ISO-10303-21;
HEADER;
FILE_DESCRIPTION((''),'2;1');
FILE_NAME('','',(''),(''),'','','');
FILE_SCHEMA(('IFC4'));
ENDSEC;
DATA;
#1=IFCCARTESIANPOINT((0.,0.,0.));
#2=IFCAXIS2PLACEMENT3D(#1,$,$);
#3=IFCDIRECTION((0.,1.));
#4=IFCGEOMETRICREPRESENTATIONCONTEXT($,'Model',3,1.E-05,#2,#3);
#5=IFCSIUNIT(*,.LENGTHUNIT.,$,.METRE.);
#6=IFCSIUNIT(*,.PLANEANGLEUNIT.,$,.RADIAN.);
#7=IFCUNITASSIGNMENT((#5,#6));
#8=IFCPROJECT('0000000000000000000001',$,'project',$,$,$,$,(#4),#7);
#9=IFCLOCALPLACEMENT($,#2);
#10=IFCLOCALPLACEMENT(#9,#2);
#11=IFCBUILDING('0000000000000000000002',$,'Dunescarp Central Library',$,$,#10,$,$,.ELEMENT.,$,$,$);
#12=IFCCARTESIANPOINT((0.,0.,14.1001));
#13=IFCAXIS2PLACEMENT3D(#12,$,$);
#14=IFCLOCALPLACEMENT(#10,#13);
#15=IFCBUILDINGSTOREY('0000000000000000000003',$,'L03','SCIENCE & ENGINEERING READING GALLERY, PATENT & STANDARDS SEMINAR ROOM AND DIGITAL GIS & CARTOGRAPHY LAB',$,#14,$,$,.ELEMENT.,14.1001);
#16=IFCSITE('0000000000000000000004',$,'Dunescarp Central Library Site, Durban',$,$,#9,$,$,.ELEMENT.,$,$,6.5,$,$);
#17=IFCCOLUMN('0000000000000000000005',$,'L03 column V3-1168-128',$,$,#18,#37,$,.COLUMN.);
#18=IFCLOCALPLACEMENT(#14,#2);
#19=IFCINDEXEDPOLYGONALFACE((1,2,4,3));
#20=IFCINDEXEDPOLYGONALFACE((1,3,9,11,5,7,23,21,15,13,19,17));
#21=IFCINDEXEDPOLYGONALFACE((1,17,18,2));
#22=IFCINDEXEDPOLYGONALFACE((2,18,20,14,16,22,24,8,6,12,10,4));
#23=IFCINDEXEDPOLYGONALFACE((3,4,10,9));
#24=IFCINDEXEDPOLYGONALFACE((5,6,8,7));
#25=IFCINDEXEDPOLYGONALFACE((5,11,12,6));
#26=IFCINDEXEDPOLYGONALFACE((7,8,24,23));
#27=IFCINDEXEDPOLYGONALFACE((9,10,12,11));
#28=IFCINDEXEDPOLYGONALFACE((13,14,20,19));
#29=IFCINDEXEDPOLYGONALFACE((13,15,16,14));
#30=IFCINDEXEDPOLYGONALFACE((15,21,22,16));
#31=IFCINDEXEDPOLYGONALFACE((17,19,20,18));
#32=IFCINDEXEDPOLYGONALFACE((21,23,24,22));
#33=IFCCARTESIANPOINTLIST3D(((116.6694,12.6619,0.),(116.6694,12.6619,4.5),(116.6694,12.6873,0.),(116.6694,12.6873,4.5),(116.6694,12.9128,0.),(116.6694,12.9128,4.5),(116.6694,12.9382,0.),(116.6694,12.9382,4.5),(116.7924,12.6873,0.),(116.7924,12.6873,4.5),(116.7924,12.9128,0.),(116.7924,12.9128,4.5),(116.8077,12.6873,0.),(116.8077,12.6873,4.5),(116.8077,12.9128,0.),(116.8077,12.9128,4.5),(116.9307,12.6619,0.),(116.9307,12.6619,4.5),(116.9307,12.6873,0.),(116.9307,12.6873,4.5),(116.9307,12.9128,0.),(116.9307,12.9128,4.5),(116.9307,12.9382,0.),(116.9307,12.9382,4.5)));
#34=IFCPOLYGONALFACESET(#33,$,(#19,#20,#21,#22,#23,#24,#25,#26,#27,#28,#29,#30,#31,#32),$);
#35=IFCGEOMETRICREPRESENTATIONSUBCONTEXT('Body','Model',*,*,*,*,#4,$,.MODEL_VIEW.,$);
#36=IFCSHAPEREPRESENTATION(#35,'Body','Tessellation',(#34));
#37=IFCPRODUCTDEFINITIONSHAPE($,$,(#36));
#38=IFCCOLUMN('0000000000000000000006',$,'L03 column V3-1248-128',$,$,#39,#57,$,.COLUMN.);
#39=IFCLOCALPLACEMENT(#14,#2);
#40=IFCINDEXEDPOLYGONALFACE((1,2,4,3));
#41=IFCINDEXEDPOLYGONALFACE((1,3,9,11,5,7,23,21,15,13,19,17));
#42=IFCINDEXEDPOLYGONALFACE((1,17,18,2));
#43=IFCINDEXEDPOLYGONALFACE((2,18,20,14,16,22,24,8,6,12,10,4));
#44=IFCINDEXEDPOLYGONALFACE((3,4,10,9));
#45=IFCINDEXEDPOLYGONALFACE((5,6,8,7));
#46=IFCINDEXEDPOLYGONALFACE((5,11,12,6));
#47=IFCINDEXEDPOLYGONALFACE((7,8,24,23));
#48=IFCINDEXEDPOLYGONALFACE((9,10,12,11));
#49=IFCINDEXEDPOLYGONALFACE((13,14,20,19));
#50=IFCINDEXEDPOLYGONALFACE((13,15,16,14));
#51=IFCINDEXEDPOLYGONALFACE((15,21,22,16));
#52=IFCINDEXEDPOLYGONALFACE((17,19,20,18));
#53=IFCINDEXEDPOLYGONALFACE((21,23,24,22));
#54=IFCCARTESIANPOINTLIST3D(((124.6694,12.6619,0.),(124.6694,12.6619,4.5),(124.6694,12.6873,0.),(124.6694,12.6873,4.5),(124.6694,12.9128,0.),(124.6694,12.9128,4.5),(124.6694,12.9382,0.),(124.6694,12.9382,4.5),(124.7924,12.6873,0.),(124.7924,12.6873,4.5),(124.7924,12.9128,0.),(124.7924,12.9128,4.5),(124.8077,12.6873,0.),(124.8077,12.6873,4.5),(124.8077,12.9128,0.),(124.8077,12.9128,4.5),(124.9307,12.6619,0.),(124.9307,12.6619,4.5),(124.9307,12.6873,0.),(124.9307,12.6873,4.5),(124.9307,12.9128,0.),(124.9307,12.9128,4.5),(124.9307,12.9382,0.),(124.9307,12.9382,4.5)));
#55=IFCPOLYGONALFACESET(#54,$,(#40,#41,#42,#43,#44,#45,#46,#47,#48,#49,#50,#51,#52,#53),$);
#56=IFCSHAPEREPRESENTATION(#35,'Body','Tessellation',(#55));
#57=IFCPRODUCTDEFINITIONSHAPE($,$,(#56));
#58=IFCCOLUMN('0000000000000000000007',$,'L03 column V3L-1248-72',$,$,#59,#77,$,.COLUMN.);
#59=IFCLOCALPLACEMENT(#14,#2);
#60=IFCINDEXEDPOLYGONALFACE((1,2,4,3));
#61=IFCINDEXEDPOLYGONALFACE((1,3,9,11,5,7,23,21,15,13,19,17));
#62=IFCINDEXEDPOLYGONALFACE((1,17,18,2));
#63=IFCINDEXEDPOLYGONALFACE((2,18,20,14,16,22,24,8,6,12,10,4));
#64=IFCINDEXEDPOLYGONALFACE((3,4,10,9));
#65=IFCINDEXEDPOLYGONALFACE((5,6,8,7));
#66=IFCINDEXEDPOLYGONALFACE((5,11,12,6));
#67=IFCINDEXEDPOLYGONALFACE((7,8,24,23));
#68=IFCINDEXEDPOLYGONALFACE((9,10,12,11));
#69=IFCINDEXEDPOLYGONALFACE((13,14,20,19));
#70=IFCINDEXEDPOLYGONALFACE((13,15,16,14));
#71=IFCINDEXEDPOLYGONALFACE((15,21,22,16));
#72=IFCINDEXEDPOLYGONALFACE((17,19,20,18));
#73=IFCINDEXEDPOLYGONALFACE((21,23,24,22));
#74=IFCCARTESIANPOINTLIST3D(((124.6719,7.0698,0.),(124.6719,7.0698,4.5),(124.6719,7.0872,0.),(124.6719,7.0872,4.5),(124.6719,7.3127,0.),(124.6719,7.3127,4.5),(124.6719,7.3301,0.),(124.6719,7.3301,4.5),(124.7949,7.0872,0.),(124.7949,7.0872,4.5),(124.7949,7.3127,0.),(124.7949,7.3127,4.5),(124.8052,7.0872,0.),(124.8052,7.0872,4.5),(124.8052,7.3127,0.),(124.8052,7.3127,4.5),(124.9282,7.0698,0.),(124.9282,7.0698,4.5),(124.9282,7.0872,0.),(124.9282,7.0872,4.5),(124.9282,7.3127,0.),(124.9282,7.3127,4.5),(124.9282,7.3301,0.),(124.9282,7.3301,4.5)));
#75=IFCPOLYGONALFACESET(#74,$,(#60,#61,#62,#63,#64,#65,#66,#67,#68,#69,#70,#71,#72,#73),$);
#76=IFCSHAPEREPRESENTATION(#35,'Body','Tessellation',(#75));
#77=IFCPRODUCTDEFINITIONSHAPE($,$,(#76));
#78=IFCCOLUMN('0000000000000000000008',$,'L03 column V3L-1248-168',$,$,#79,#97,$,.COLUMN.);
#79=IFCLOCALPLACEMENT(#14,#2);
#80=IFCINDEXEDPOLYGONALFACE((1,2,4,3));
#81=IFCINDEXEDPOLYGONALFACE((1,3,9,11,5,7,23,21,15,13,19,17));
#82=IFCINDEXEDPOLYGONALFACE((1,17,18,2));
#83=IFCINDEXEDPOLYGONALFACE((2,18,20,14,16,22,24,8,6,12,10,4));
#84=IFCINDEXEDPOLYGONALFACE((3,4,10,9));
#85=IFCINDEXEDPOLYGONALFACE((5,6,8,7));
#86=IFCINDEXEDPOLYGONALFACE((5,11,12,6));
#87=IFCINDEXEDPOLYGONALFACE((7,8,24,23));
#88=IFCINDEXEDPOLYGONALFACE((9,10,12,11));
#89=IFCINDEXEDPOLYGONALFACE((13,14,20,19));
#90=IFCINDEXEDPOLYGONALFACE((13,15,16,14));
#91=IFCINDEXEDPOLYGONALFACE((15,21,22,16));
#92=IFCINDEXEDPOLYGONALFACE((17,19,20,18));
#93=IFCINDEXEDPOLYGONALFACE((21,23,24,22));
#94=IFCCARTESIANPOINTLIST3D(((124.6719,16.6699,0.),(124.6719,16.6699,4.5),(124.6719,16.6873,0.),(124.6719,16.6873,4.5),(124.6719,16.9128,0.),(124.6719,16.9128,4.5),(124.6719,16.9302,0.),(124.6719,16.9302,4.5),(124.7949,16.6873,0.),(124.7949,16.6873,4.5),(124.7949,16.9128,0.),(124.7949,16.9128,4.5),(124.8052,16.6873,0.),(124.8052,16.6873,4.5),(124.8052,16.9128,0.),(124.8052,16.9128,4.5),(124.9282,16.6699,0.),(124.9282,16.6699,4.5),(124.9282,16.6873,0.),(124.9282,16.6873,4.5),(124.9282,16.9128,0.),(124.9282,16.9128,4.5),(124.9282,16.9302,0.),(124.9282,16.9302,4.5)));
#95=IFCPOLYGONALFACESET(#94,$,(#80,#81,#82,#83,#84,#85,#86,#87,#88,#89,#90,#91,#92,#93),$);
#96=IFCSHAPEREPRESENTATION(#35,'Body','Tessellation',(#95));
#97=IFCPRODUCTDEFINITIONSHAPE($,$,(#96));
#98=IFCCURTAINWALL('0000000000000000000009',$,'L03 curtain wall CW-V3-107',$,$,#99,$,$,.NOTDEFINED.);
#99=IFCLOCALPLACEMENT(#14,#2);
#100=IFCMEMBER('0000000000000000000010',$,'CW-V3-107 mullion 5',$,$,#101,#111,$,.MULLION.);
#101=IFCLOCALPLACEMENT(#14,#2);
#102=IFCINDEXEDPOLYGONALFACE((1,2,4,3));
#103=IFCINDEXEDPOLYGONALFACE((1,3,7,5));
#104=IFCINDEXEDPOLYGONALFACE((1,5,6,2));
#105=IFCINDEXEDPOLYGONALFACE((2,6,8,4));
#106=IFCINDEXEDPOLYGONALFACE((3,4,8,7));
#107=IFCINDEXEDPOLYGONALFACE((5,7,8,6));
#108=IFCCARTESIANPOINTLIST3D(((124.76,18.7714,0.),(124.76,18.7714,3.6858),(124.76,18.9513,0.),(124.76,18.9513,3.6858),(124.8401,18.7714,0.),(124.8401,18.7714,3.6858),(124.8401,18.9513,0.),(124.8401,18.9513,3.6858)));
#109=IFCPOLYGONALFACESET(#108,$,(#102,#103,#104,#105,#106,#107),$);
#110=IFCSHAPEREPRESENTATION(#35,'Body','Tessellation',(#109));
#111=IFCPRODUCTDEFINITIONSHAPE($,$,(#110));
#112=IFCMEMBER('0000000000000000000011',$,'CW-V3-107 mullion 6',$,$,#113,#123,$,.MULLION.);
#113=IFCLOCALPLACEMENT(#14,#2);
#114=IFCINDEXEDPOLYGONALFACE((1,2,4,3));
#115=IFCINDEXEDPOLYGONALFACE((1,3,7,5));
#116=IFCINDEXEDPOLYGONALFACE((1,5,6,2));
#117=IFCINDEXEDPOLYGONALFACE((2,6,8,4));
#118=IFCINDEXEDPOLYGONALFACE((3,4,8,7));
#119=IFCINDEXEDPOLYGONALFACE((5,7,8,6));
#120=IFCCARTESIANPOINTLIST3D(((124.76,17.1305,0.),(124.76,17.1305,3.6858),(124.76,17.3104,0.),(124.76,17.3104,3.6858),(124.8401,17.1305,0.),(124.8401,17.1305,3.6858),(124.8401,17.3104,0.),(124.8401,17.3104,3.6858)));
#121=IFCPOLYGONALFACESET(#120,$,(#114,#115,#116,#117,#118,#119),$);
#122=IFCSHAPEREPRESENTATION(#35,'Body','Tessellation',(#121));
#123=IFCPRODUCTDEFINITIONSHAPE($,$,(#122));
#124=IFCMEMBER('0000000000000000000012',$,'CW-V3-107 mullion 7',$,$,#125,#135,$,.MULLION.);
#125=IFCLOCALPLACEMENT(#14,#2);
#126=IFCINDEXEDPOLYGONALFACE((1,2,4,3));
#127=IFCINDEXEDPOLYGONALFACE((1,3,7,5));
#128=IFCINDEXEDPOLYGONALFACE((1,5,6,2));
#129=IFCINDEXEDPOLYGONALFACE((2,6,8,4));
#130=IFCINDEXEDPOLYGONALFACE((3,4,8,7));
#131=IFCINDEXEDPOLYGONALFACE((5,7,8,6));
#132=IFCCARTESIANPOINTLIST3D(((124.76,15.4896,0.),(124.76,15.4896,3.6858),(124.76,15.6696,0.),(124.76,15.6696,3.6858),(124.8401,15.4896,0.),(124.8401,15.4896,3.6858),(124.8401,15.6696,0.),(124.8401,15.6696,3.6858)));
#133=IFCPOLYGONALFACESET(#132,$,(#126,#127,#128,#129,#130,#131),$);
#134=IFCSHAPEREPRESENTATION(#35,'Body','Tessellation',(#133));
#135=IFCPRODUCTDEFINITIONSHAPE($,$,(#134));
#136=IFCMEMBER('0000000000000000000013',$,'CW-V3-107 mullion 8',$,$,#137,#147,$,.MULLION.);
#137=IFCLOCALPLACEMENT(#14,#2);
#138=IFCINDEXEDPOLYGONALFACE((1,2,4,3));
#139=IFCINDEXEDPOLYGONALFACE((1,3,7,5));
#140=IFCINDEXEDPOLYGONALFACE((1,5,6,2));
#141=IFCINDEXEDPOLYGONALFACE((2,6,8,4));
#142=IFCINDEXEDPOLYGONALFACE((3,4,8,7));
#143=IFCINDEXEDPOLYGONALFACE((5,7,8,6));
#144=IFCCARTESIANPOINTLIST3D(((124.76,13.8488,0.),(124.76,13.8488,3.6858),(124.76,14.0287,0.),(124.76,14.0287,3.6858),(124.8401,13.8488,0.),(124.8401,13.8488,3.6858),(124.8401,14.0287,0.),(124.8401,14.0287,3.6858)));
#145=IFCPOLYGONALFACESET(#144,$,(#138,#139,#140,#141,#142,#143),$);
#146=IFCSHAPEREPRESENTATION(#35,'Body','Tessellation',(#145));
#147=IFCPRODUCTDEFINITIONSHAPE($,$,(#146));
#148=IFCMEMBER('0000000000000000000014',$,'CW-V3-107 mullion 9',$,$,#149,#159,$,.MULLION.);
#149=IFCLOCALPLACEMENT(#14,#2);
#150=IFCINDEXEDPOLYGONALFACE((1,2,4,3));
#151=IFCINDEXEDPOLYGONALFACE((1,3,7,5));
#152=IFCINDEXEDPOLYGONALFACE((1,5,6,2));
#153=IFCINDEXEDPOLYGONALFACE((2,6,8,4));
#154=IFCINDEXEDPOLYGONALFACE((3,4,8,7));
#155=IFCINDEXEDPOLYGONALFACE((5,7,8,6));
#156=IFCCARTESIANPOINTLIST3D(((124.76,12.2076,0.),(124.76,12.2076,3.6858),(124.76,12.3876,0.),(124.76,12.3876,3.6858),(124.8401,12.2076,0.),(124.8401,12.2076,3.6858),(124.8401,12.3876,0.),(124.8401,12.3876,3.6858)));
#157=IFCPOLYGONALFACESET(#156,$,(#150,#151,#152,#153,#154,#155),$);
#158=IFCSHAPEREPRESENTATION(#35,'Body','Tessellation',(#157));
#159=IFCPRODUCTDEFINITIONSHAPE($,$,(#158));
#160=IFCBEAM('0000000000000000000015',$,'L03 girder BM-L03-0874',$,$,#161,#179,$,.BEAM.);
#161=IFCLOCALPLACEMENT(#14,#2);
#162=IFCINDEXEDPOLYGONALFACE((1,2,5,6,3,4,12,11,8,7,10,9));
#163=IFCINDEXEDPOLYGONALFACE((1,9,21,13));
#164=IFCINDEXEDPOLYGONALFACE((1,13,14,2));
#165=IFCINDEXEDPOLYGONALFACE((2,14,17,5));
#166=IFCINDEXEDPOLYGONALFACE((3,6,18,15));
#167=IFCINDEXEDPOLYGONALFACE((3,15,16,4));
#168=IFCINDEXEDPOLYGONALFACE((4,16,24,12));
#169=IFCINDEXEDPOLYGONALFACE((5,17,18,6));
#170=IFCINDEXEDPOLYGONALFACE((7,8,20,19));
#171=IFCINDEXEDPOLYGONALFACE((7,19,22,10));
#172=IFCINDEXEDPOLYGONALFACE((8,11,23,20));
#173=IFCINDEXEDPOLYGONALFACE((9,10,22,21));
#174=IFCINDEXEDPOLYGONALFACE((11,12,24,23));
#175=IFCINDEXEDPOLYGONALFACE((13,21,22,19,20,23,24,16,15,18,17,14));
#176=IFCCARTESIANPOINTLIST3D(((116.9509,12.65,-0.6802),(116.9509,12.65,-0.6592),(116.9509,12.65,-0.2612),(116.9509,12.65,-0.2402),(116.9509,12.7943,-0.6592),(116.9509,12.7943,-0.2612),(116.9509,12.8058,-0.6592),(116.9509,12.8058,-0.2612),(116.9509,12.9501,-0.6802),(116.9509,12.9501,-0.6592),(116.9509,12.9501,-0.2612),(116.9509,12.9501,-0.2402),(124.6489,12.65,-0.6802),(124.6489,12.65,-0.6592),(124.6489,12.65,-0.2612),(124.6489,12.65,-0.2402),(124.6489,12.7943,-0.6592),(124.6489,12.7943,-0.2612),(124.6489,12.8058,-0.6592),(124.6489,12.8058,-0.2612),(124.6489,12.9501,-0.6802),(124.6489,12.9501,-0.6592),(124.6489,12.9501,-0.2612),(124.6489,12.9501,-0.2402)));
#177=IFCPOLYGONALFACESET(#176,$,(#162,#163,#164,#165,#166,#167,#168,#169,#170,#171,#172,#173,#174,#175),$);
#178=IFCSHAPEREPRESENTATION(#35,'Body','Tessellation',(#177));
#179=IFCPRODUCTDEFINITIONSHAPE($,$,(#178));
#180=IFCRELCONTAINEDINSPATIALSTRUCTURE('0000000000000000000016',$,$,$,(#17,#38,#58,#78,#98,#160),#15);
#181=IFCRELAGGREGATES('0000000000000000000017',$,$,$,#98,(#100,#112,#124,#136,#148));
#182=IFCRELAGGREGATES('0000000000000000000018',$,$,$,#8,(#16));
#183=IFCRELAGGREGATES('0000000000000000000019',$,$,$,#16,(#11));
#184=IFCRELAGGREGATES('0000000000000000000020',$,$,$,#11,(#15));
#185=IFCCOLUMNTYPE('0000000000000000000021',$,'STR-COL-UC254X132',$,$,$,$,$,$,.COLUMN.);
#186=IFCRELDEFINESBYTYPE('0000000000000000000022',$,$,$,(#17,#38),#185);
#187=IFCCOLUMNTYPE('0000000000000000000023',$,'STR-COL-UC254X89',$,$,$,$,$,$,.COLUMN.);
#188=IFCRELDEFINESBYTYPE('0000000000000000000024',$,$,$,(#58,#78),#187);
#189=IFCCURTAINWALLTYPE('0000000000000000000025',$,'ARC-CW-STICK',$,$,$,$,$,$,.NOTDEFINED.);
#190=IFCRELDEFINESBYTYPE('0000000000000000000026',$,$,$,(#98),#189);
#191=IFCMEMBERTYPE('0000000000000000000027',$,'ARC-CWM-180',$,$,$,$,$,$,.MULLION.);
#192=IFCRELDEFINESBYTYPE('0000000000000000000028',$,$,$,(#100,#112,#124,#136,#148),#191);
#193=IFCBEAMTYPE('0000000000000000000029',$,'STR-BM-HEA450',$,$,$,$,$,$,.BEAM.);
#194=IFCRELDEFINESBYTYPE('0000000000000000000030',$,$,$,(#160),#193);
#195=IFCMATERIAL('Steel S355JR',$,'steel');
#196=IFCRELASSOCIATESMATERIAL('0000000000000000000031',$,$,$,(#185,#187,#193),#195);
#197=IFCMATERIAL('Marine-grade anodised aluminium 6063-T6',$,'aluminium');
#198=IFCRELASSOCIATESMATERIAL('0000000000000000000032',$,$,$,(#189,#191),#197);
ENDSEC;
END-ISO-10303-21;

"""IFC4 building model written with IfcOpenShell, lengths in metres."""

from ifc_helpers import new_model, si_unit, direction, frame, origin, origin_2d, place, context, subcontext, project, spatial, rectangle, i_section, extrude, material, material_profile, profile_set, type_object, element, aggregate, save


model = new_model("IFC4")

# Units and contexts
model_context = context("Model", 3, precision=1e-05, world=origin(), true_north=direction((0.0, 1.0)))
body_context = subcontext(model_context, "Body", "Model", "MODEL_VIEW")
ifc_project = project(units=[si_unit("LENGTHUNIT", "METRE"), si_unit("PLANEANGLEUNIT", "RADIAN")], contexts=[model_context])

# Site, building, storey
site_placement = place(None, origin())
site = spatial("IfcSite", under=ifc_project, at=site_placement, Name="Dunescarp Central Library Site, Durban", CompositionType="ELEMENT", RefElevation=6.5)
building_placement = place(site_placement, origin())
building = spatial("IfcBuilding", under=site, at=building_placement, Name="Dunescarp Central Library", CompositionType="ELEMENT")
storey_placement = place(building_placement, frame((0.0, 0.0, 14.1001)))
storey = spatial("IfcBuildingStorey", under=building, at=storey_placement, Name="L03", Description="SCIENCE & ENGINEERING READING GALLERY, PATENT & STANDARDS SEMINAR ROOM AND DIGITAL GIS & CARTOGRAPHY LAB", CompositionType="ELEMENT", Elevation=14.1001)

# Columns
ifc_material_1 = material(Name="Steel S355JR", Category="steel")
ifc_material_profile_1 = material_profile(ifc_material_1, i_section(OverallWidth=0.2612, OverallDepth=0.2764, WebThickness=0.0154, FlangeThickness=0.0254, at=origin_2d()), Name="UC 254x254x132")
ifc_profile_set_1 = profile_set([ifc_material_profile_1], Name="Steel S355JR")
column_type_1 = type_object("IfcColumnType", Name="STR-COL-UC254X132", PredefinedType="COLUMN", material=ifc_profile_set_1)
for number, where, z_axis, x_axis, name in (
    (1, (116.8, 12.8, 0.0), (0.0, 0.0, 1.0), (1.0, 0.0, 0.0), "L03 column V3-1168-128"),
    (2, (124.8, 12.8, 0.0), (0.0, 0.0, 1.0), (1.0, 0.0, 0.0), "L03 column V3-1248-128"),
):
    element("IfcColumn", number, at=place(storey_placement, frame(where, z_axis=z_axis, x_axis=x_axis)), inside=storey, type_object=column_type_1, Name=name, PredefinedType="COLUMN", context=body_context, shape_type="SweptSolid", body=[
        extrude(i_section(OverallWidth=0.2612, OverallDepth=0.2764, WebThickness=0.0154, FlangeThickness=0.0254, at=origin_2d()), origin(), (0.0, 0.0, 1.0), 4.5),
    ])
ifc_material_profile_2 = material_profile(ifc_material_1, i_section(OverallWidth=0.2563, OverallDepth=0.2603, WebThickness=0.0103, FlangeThickness=0.0173, at=origin_2d()), Name="UC 254x254x89")
ifc_profile_set_2 = profile_set([ifc_material_profile_2], Name="Steel S355JR")
column_type_2 = type_object("IfcColumnType", Name="STR-COL-UC254X89", PredefinedType="COLUMN", material=ifc_profile_set_2)
for number, where, z_axis, x_axis, name in (
    (3, (124.8, 7.2, 0.0), (0.0, 0.0, 1.0), (1.0, 0.0, 0.0), "L03 column V3L-1248-72"),
    (4, (124.8, 16.8, 0.0), (0.0, 0.0, 1.0), (1.0, 0.0, 0.0), "L03 column V3L-1248-168"),
):
    element("IfcColumn", number, at=place(storey_placement, frame(where, z_axis=z_axis, x_axis=x_axis)), inside=storey, type_object=column_type_2, Name=name, PredefinedType="COLUMN", context=body_context, shape_type="SweptSolid", body=[
        extrude(i_section(OverallWidth=0.2563, OverallDepth=0.2603, WebThickness=0.0103, FlangeThickness=0.0173, at=origin_2d()), origin(), (0.0, 0.0, 1.0), 4.5),
    ])

# Curtain wall, members
ifc_material_2 = material(Name="Marine-grade anodised aluminium 6063-T6", Category="aluminium")
curtain_wall_type = type_object("IfcCurtainWallType", Name="ARC-CW-STICK", PredefinedType="NOTDEFINED", material=ifc_material_2)
curtain_wall_placement = place(storey_placement, origin())
curtain_wall = element("IfcCurtainWall", 5, at=curtain_wall_placement, inside=storey, type_object=curtain_wall_type, Name="L03 curtain wall CW-V3-107", PredefinedType="NOTDEFINED")
ifc_material_profile_3 = material_profile(ifc_material_2, rectangle(XDim=0.0801, YDim=0.1799, at=origin_2d()), Name="AL 80x180")
ifc_profile_set_3 = profile_set([ifc_material_profile_3], Name="Marine-grade anodised aluminium 6063-T6")
member_type_1 = type_object("IfcMemberType", Name="ARC-CWM-180", PredefinedType="MULLION", material=ifc_profile_set_3)
member_1_placement = place(storey_placement, frame((124.8, 18.8613, 0.0), z_axis=(0.0, 0.0, 1.0), x_axis=(1.0, 0.0, 0.0)))
member_1 = element("IfcMember", 6, at=member_1_placement, type_object=member_type_1, Name="CW-V3-107 mullion 5", PredefinedType="MULLION", context=body_context, shape_type="SweptSolid", body=[
    extrude(rectangle(XDim=0.0801, YDim=0.1799, at=origin_2d()), origin(), (0.0, 0.0, 1.0), 3.6858),
])
member_2_placement = place(storey_placement, frame((124.8, 17.2205, 0.0), z_axis=(0.0, 0.0, 1.0), x_axis=(1.0, 0.0, 0.0)))
member_2 = element("IfcMember", 7, at=member_2_placement, type_object=member_type_1, Name="CW-V3-107 mullion 6", PredefinedType="MULLION", context=body_context, shape_type="SweptSolid", body=[
    extrude(rectangle(XDim=0.0801, YDim=0.1799, at=origin_2d()), origin(), (0.0, 0.0, 1.0), 3.6858),
])
member_3_placement = place(storey_placement, frame((124.8, 15.5796, 0.0), z_axis=(0.0, 0.0, 1.0), x_axis=(1.0, 0.0, 0.0)))
member_3 = element("IfcMember", 8, at=member_3_placement, type_object=member_type_1, Name="CW-V3-107 mullion 7", PredefinedType="MULLION", context=body_context, shape_type="SweptSolid", body=[
    extrude(rectangle(XDim=0.0801, YDim=0.1799, at=origin_2d()), origin(), (0.0, 0.0, 1.0), 3.6858),
])
member_4_placement = place(storey_placement, frame((124.8, 13.9387, 0.0), z_axis=(0.0, 0.0, 1.0), x_axis=(1.0, 0.0, 0.0)))
member_4 = element("IfcMember", 9, at=member_4_placement, type_object=member_type_1, Name="CW-V3-107 mullion 8", PredefinedType="MULLION", context=body_context, shape_type="SweptSolid", body=[
    extrude(rectangle(XDim=0.0801, YDim=0.1799, at=origin_2d()), origin(), (0.0, 0.0, 1.0), 3.6858),
])
member_5_placement = place(storey_placement, frame((124.8, 12.2976, 0.0), z_axis=(0.0, 0.0, 1.0), x_axis=(1.0, 0.0, 0.0)))
member_5 = element("IfcMember", 10, at=member_5_placement, type_object=member_type_1, Name="CW-V3-107 mullion 9", PredefinedType="MULLION", context=body_context, shape_type="SweptSolid", body=[
    extrude(rectangle(XDim=0.0801, YDim=0.1799, at=origin_2d()), origin(), (0.0, 0.0, 1.0), 3.6858),
])
aggregate(curtain_wall, [member_1, member_2, member_3, member_4, member_5])

# Beam
ifc_material_profile_4 = material_profile(ifc_material_1, i_section(OverallWidth=0.3, OverallDepth=0.4399, WebThickness=0.0115, FlangeThickness=0.021, at=origin_2d()), Name="HEA 450")
ifc_profile_set_4 = profile_set([ifc_material_profile_4], Name="Steel S355JR")
beam_type_1 = type_object("IfcBeamType", Name="STR-BM-HEA450", PredefinedType="BEAM", material=ifc_profile_set_4)
beam_placement = place(storey_placement, frame((116.9509, 12.8, -0.4602), z_axis=(1.0, 0.0, 0.0), x_axis=(0.0, 1.0, 0.0)))
element("IfcBeam", 11, at=beam_placement, inside=storey, type_object=beam_type_1, Name="L03 girder BM-L03-0874", PredefinedType="BEAM", context=body_context, shape_type="SweptSolid", body=[
    extrude(i_section(OverallWidth=0.3, OverallDepth=0.4399, WebThickness=0.0115, FlangeThickness=0.021, at=origin_2d()), origin(), (0.0, 0.0, 1.0), 7.698),
])

save(model, "model.ifc")
